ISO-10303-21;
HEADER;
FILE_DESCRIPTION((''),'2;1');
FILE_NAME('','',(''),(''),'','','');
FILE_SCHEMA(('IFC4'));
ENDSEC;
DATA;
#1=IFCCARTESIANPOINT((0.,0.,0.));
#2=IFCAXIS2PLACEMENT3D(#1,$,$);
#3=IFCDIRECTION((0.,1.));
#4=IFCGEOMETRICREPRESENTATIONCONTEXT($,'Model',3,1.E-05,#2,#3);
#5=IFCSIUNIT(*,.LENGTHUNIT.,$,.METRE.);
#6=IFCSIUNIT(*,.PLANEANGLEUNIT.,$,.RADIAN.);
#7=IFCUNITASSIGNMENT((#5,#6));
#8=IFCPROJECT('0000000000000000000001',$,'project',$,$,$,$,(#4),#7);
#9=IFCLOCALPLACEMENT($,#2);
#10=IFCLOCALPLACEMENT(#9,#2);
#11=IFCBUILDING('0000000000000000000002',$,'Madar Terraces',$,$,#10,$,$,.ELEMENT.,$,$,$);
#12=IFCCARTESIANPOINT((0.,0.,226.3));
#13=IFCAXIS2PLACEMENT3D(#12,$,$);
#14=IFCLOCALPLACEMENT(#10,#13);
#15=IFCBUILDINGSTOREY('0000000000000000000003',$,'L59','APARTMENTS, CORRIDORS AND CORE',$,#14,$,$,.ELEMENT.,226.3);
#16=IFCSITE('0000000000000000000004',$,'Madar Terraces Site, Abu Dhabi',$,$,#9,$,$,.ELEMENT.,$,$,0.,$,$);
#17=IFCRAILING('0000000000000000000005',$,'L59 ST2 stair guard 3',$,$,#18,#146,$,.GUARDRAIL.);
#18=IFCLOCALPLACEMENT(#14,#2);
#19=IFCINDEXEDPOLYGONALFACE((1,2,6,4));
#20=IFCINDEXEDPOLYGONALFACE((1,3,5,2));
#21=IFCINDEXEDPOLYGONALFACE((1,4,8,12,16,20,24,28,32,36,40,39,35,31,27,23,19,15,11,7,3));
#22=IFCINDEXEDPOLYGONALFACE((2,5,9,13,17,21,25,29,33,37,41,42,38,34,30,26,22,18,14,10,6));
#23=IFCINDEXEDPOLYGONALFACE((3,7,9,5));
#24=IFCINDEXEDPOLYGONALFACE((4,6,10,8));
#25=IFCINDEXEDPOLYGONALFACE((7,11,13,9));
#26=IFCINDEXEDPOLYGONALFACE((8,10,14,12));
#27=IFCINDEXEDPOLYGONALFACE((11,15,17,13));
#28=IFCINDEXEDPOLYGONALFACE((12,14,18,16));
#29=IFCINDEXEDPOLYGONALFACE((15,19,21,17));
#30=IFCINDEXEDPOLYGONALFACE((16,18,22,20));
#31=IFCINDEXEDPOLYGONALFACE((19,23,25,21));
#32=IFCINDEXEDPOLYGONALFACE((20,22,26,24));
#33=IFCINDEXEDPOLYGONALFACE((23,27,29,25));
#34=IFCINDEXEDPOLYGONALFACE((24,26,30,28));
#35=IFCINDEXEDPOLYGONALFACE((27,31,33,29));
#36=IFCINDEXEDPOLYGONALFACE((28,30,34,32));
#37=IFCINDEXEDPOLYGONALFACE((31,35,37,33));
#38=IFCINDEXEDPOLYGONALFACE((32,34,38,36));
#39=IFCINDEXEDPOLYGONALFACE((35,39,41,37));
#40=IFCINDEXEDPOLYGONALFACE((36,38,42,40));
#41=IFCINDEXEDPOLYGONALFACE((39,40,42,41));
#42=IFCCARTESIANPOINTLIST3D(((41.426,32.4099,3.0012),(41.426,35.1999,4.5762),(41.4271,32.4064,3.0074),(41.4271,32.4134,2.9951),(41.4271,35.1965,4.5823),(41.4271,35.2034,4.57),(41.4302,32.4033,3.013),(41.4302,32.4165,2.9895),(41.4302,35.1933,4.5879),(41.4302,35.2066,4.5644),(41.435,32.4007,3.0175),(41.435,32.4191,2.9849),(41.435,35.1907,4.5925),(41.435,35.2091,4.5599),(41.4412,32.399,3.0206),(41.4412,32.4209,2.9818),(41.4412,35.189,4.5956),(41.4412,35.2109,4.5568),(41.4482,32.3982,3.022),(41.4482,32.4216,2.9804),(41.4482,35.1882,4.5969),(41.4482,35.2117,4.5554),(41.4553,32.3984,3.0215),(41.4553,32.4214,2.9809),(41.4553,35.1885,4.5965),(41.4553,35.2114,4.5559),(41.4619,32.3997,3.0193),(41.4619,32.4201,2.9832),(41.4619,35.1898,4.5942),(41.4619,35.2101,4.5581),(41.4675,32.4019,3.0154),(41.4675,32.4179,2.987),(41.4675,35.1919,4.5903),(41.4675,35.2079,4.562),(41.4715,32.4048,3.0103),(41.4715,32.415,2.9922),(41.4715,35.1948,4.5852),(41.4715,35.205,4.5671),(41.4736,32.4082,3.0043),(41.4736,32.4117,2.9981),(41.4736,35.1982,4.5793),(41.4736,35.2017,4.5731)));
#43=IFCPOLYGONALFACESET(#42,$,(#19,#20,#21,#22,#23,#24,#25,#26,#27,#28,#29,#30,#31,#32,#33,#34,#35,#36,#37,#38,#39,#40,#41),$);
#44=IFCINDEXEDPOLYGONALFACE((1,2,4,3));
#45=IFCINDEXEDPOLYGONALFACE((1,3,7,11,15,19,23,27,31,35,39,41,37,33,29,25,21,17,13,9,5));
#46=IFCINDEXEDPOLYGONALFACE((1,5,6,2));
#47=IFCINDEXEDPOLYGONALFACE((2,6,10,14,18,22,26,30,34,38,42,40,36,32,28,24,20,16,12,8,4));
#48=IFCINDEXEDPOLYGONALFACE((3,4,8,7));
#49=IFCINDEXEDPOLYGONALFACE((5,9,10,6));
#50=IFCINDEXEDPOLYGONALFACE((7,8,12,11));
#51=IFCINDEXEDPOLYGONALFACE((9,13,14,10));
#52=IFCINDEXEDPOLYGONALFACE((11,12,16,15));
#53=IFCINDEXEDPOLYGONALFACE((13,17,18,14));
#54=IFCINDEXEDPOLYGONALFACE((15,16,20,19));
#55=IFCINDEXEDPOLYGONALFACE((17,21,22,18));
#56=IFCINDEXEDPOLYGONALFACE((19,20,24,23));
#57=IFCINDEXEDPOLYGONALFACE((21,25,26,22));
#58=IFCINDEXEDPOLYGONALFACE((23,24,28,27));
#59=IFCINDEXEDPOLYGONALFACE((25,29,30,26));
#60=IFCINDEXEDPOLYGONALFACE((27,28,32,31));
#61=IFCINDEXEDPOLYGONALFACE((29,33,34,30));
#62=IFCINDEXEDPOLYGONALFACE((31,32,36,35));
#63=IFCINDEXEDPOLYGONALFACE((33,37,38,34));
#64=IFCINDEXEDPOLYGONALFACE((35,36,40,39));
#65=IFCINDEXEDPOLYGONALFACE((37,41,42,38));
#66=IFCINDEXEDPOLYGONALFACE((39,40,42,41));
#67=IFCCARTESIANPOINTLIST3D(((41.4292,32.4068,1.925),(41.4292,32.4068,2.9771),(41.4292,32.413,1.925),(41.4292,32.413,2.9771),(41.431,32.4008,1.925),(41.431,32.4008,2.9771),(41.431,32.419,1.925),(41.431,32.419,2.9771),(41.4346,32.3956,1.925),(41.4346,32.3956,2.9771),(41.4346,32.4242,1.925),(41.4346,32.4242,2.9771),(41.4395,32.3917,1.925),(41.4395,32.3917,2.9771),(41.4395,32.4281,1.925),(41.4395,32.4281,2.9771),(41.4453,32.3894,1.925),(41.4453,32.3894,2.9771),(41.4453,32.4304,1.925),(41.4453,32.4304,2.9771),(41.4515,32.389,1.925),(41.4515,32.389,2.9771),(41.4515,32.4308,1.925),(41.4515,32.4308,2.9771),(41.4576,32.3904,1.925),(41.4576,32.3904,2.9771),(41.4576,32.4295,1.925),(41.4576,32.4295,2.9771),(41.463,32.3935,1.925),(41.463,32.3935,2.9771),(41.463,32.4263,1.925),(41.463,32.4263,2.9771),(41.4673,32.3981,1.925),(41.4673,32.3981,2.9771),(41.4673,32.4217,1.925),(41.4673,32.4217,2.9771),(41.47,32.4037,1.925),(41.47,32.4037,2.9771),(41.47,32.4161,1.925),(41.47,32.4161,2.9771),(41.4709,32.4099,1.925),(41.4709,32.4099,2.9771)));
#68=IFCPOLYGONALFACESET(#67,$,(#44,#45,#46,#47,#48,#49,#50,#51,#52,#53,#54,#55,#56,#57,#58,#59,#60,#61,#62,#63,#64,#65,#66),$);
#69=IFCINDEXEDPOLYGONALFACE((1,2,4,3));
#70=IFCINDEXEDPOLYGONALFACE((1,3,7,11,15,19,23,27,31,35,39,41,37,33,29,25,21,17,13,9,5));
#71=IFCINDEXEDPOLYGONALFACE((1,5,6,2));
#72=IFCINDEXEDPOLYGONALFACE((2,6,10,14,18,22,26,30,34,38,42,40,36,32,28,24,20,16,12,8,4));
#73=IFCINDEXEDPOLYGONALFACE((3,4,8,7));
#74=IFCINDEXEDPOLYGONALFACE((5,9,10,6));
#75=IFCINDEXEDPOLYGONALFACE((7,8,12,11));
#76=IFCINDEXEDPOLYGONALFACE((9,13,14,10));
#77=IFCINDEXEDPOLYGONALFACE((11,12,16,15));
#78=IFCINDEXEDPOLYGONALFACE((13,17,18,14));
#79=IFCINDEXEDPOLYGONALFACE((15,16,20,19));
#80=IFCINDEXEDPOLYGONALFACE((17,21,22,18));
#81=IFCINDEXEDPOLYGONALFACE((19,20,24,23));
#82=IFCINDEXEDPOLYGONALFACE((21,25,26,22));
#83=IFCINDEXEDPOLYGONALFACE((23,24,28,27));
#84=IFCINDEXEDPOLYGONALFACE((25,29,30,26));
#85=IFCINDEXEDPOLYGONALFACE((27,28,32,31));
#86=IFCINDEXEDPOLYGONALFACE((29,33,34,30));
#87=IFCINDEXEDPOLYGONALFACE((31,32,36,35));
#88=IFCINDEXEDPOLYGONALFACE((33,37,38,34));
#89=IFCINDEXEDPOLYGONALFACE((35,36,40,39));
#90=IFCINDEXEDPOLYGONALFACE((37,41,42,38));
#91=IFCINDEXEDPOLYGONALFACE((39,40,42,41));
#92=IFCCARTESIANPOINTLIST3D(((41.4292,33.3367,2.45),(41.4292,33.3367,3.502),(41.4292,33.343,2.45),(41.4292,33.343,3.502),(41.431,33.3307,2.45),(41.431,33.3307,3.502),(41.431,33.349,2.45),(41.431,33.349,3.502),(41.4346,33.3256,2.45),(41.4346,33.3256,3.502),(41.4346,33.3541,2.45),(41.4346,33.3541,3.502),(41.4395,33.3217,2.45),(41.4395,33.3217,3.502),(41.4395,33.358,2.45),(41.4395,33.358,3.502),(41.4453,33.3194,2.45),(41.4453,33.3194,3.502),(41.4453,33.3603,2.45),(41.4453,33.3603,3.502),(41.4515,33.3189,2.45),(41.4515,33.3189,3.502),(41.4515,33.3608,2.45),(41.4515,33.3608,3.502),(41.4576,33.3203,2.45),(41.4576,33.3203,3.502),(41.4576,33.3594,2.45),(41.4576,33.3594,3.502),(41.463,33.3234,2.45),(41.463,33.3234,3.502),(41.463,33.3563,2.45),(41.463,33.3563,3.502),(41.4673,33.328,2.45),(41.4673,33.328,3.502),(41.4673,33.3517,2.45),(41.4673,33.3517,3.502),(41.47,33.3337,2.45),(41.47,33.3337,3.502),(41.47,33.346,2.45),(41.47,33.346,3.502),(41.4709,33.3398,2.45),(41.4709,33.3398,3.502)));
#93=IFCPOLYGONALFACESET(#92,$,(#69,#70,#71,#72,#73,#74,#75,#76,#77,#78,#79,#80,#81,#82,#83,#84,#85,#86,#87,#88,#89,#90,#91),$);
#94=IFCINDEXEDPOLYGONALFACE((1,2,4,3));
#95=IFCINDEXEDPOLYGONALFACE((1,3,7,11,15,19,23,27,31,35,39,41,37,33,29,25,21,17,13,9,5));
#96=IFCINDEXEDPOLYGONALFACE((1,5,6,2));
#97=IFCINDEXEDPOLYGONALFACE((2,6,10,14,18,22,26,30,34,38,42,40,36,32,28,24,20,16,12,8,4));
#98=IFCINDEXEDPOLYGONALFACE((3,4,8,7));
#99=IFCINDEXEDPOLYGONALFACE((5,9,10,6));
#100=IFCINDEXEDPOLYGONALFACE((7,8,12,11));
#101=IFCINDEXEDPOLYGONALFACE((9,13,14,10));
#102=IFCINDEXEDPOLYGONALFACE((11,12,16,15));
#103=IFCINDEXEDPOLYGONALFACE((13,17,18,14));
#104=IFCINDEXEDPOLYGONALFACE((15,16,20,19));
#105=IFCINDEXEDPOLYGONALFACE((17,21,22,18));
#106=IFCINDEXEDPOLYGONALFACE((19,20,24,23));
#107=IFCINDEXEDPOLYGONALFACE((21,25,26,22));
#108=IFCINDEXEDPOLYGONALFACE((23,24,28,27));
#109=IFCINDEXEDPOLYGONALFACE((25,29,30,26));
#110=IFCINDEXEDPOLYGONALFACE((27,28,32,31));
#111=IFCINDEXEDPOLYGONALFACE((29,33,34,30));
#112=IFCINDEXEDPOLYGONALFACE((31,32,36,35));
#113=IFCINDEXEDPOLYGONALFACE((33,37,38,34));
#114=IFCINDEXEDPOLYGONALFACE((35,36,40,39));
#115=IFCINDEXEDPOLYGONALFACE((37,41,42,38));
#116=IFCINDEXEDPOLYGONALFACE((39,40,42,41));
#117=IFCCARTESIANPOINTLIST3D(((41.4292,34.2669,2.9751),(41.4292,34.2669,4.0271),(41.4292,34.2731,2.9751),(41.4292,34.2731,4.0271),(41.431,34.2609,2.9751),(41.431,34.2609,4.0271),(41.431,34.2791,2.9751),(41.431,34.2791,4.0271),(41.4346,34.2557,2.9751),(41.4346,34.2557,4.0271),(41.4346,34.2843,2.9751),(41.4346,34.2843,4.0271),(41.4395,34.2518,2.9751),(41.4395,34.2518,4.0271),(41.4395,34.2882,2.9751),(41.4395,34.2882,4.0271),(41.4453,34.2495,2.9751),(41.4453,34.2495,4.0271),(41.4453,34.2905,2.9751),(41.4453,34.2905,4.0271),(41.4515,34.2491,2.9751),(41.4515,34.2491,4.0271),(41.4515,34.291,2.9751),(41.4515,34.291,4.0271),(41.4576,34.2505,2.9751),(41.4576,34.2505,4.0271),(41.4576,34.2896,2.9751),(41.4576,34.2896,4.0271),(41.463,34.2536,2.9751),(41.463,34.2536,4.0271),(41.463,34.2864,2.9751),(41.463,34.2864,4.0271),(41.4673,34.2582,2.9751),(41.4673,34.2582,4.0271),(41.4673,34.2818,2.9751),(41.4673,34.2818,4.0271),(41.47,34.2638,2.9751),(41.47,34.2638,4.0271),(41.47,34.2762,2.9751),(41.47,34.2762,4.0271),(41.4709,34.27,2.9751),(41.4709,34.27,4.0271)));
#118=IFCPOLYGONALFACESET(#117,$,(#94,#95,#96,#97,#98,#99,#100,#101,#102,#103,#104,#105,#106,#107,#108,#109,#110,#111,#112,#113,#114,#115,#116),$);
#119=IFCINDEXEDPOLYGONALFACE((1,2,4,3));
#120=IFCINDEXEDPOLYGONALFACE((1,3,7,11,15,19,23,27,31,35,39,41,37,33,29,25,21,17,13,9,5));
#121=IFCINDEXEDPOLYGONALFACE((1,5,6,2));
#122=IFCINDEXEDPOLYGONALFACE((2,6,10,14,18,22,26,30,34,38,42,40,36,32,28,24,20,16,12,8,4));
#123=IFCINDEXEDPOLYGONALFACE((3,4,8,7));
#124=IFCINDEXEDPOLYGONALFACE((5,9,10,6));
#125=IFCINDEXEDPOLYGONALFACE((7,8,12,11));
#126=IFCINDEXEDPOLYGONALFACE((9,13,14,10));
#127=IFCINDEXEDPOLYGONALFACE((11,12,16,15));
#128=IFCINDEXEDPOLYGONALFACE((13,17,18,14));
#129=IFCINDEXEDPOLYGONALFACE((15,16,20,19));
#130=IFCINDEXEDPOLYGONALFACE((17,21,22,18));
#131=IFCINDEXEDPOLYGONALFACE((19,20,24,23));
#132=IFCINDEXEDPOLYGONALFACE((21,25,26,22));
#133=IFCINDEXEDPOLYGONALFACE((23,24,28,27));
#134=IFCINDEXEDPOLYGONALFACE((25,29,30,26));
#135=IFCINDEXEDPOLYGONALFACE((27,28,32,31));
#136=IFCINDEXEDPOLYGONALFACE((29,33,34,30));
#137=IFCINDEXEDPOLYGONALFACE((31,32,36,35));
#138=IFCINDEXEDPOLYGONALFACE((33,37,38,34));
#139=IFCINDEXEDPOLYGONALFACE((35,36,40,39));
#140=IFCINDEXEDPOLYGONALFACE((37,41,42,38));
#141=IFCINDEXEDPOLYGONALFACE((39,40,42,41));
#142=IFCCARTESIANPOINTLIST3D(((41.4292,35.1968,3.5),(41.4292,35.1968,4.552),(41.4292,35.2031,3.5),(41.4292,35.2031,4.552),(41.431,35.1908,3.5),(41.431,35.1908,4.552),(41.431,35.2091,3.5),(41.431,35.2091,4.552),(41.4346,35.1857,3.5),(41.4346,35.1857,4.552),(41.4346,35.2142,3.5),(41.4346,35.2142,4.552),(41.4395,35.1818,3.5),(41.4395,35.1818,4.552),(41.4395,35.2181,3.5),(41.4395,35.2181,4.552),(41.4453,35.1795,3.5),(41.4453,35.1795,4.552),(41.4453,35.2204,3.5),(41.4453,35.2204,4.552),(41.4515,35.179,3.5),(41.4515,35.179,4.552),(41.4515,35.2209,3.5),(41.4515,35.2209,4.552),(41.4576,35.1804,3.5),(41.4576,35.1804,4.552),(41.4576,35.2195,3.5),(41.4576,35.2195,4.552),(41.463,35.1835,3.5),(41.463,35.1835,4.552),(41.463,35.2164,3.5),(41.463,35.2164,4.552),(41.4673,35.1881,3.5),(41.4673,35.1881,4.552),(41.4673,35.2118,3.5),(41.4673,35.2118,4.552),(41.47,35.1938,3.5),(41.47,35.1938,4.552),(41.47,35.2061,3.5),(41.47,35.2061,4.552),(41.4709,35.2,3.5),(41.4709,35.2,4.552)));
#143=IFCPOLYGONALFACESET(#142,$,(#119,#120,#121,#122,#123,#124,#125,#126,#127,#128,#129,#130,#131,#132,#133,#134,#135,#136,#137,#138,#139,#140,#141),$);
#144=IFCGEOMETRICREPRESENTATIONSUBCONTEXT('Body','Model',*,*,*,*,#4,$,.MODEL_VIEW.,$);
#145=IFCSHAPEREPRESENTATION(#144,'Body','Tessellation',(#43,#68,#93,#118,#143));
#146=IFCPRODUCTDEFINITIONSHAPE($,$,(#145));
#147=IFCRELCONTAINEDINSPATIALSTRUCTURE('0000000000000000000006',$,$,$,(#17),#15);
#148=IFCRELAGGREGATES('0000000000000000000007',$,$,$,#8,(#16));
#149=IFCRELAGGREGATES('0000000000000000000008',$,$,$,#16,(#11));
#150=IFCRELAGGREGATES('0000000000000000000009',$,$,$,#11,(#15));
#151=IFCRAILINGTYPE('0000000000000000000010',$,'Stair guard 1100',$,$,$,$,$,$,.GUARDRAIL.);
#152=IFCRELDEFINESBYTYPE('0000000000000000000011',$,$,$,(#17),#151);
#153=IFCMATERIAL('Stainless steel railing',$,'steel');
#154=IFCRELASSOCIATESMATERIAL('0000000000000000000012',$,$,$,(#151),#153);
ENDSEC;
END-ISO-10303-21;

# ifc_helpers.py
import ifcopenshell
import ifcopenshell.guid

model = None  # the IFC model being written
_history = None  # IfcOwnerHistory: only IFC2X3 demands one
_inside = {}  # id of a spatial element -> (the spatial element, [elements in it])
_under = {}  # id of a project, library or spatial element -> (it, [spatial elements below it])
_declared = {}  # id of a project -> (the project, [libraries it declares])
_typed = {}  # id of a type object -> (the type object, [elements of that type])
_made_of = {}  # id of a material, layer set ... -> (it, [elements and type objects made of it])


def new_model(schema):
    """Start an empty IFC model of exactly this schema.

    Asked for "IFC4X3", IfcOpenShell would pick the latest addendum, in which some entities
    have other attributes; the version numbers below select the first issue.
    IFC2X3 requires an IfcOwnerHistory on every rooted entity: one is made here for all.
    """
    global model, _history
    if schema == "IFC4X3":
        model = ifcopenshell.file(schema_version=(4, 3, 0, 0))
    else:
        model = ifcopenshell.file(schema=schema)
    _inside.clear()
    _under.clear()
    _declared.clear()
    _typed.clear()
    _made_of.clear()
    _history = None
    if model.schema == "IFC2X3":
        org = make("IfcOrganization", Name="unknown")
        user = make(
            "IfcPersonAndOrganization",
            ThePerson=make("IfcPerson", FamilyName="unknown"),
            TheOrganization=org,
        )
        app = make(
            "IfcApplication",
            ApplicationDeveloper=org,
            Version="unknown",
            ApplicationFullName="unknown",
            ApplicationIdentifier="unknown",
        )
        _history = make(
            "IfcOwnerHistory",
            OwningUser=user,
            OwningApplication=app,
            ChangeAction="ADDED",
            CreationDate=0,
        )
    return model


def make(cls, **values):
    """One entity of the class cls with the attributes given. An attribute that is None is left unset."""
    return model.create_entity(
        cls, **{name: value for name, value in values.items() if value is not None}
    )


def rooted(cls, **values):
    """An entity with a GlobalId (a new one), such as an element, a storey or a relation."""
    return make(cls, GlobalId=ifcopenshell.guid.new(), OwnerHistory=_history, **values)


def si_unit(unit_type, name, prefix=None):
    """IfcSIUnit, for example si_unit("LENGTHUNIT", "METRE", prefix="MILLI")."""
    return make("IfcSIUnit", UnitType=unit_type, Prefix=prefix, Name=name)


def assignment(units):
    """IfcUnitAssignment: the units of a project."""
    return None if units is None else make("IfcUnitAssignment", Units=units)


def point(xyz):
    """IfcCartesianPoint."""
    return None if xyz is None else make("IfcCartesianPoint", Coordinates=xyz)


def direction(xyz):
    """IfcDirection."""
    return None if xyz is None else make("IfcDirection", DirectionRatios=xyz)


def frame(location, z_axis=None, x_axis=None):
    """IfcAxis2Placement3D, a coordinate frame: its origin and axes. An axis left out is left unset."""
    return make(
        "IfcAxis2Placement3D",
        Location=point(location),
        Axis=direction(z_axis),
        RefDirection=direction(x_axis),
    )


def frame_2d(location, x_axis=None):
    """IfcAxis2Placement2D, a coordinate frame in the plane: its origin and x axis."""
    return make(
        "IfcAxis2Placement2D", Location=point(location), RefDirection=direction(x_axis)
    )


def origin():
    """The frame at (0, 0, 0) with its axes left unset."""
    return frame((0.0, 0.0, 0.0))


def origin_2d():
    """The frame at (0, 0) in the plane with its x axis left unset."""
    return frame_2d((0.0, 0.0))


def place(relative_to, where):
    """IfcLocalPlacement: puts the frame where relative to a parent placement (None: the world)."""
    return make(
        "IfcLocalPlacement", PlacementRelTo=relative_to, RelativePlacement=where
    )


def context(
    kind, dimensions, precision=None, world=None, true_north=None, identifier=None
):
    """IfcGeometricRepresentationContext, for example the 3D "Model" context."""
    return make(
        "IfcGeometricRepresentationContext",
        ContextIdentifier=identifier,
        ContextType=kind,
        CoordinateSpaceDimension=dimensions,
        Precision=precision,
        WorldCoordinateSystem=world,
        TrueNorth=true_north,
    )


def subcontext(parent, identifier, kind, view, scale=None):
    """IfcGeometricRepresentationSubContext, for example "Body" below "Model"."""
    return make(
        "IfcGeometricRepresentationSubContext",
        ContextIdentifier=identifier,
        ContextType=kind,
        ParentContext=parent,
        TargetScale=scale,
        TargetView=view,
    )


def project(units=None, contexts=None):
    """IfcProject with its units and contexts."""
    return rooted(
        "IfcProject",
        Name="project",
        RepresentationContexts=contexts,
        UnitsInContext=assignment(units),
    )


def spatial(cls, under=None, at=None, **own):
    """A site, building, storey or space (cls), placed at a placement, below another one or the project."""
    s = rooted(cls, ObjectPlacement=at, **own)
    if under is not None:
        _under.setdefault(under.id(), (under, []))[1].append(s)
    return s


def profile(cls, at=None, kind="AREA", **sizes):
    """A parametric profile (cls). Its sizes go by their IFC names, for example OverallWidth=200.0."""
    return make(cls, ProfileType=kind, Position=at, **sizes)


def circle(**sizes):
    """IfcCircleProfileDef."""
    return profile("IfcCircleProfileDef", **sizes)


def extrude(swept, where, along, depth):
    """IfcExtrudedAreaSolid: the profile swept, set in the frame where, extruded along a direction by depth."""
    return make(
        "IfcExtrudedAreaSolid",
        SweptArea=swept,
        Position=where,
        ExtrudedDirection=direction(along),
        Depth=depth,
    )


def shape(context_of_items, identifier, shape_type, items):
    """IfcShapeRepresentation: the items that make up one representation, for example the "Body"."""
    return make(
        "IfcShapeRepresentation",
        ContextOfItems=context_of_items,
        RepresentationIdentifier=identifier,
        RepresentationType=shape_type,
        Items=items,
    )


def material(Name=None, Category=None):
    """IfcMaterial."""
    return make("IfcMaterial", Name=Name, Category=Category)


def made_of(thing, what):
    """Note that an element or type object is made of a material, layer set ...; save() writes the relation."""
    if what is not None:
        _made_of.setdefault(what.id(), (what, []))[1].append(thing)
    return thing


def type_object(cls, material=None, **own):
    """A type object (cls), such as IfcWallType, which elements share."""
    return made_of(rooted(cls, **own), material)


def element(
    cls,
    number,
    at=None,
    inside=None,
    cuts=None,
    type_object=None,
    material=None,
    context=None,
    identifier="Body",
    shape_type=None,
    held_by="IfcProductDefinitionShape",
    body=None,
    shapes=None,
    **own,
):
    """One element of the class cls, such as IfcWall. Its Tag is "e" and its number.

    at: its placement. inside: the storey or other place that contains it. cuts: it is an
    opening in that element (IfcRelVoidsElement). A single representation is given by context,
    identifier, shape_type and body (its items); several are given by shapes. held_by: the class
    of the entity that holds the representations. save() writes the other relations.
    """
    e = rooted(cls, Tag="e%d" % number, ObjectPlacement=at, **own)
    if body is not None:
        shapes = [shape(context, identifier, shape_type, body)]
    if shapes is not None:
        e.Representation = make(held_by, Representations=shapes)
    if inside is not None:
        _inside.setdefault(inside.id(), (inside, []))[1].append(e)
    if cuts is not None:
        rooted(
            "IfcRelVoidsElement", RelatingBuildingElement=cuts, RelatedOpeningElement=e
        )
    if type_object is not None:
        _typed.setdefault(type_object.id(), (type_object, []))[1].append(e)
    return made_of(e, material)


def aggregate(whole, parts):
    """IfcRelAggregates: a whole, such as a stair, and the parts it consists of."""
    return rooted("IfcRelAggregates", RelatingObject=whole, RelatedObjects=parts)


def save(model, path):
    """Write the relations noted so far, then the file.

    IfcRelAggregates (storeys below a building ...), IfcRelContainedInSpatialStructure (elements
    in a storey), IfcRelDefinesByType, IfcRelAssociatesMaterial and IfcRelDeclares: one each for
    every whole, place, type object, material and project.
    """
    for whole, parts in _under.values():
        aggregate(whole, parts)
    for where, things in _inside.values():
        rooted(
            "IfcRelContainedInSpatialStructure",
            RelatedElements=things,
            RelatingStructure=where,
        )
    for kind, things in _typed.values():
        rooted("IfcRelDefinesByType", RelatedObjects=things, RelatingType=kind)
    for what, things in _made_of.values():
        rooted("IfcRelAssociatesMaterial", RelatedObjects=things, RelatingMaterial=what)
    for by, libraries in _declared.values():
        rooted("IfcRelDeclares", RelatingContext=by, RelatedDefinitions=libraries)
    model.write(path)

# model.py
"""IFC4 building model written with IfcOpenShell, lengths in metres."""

from ifc_helpers import new_model, si_unit, direction, frame, origin, origin_2d, place, context, subcontext, project, spatial, circle, extrude, material, type_object, element, save


model = new_model("IFC4")

# Units and contexts
model_context = context("Model", 3, precision=1e-05, world=origin(), true_north=direction((0.0, 1.0)))
body_context = subcontext(model_context, "Body", "Model", "MODEL_VIEW")
ifc_project = project(units=[si_unit("LENGTHUNIT", "METRE"), si_unit("PLANEANGLEUNIT", "RADIAN")], contexts=[model_context])

# Site, building, storey
site_placement = place(None, origin())
site = spatial("IfcSite", under=ifc_project, at=site_placement, Name="Madar Terraces Site, Abu Dhabi", CompositionType="ELEMENT", RefElevation=0.0)
building_placement = place(site_placement, origin())
building = spatial("IfcBuilding", under=site, at=building_placement, Name="Madar Terraces", CompositionType="ELEMENT")
storey_placement = place(building_placement, frame((0.0, 0.0, 226.3)))
storey = spatial("IfcBuildingStorey", under=building, at=storey_placement, Name="L59", Description="APARTMENTS, CORRIDORS AND CORE", CompositionType="ELEMENT", Elevation=226.3)

# Railing
ifc_material_1 = material(Name="Stainless steel railing", Category="steel")
railing_type_1 = type_object("IfcRailingType", Name="Stair guard 1100", PredefinedType="GUARDRAIL", material=ifc_material_1)
railing_1_placement = place(storey_placement, frame((41.45, 32.4099, 1.925)))
element("IfcRailing", 1, at=railing_1_placement, inside=storey, type_object=railing_type_1, Name="L59 ST2 stair guard 3", PredefinedType="GUARDRAIL", context=body_context, shape_type="SweptSolid", body=[
    extrude(circle(Radius=0.0239, at=origin_2d()), frame((0.0, 0.0, 1.0762), z_axis=(0.0, 0.870834, 0.491578), x_axis=(-1.0, 0.0, 0.0)), (0.0, 0.0, 1.0), 3.2039),
    extrude(circle(Radius=0.021, at=origin_2d()), origin(), (0.0, 0.0, 1.0), 1.052),
    extrude(circle(Radius=0.021, at=origin_2d()), frame((0.0, 0.9299, 0.5249)), (0.0, 0.0, 1.0), 1.052),
    extrude(circle(Radius=0.021, at=origin_2d()), frame((0.0, 1.8601, 1.05)), (0.0, 0.0, 1.0), 1.052),
    extrude(circle(Radius=0.021, at=origin_2d()), frame((0.0, 2.79, 1.575)), (0.0, 0.0, 1.0), 1.052),
])

save(model, "model.ifc")
